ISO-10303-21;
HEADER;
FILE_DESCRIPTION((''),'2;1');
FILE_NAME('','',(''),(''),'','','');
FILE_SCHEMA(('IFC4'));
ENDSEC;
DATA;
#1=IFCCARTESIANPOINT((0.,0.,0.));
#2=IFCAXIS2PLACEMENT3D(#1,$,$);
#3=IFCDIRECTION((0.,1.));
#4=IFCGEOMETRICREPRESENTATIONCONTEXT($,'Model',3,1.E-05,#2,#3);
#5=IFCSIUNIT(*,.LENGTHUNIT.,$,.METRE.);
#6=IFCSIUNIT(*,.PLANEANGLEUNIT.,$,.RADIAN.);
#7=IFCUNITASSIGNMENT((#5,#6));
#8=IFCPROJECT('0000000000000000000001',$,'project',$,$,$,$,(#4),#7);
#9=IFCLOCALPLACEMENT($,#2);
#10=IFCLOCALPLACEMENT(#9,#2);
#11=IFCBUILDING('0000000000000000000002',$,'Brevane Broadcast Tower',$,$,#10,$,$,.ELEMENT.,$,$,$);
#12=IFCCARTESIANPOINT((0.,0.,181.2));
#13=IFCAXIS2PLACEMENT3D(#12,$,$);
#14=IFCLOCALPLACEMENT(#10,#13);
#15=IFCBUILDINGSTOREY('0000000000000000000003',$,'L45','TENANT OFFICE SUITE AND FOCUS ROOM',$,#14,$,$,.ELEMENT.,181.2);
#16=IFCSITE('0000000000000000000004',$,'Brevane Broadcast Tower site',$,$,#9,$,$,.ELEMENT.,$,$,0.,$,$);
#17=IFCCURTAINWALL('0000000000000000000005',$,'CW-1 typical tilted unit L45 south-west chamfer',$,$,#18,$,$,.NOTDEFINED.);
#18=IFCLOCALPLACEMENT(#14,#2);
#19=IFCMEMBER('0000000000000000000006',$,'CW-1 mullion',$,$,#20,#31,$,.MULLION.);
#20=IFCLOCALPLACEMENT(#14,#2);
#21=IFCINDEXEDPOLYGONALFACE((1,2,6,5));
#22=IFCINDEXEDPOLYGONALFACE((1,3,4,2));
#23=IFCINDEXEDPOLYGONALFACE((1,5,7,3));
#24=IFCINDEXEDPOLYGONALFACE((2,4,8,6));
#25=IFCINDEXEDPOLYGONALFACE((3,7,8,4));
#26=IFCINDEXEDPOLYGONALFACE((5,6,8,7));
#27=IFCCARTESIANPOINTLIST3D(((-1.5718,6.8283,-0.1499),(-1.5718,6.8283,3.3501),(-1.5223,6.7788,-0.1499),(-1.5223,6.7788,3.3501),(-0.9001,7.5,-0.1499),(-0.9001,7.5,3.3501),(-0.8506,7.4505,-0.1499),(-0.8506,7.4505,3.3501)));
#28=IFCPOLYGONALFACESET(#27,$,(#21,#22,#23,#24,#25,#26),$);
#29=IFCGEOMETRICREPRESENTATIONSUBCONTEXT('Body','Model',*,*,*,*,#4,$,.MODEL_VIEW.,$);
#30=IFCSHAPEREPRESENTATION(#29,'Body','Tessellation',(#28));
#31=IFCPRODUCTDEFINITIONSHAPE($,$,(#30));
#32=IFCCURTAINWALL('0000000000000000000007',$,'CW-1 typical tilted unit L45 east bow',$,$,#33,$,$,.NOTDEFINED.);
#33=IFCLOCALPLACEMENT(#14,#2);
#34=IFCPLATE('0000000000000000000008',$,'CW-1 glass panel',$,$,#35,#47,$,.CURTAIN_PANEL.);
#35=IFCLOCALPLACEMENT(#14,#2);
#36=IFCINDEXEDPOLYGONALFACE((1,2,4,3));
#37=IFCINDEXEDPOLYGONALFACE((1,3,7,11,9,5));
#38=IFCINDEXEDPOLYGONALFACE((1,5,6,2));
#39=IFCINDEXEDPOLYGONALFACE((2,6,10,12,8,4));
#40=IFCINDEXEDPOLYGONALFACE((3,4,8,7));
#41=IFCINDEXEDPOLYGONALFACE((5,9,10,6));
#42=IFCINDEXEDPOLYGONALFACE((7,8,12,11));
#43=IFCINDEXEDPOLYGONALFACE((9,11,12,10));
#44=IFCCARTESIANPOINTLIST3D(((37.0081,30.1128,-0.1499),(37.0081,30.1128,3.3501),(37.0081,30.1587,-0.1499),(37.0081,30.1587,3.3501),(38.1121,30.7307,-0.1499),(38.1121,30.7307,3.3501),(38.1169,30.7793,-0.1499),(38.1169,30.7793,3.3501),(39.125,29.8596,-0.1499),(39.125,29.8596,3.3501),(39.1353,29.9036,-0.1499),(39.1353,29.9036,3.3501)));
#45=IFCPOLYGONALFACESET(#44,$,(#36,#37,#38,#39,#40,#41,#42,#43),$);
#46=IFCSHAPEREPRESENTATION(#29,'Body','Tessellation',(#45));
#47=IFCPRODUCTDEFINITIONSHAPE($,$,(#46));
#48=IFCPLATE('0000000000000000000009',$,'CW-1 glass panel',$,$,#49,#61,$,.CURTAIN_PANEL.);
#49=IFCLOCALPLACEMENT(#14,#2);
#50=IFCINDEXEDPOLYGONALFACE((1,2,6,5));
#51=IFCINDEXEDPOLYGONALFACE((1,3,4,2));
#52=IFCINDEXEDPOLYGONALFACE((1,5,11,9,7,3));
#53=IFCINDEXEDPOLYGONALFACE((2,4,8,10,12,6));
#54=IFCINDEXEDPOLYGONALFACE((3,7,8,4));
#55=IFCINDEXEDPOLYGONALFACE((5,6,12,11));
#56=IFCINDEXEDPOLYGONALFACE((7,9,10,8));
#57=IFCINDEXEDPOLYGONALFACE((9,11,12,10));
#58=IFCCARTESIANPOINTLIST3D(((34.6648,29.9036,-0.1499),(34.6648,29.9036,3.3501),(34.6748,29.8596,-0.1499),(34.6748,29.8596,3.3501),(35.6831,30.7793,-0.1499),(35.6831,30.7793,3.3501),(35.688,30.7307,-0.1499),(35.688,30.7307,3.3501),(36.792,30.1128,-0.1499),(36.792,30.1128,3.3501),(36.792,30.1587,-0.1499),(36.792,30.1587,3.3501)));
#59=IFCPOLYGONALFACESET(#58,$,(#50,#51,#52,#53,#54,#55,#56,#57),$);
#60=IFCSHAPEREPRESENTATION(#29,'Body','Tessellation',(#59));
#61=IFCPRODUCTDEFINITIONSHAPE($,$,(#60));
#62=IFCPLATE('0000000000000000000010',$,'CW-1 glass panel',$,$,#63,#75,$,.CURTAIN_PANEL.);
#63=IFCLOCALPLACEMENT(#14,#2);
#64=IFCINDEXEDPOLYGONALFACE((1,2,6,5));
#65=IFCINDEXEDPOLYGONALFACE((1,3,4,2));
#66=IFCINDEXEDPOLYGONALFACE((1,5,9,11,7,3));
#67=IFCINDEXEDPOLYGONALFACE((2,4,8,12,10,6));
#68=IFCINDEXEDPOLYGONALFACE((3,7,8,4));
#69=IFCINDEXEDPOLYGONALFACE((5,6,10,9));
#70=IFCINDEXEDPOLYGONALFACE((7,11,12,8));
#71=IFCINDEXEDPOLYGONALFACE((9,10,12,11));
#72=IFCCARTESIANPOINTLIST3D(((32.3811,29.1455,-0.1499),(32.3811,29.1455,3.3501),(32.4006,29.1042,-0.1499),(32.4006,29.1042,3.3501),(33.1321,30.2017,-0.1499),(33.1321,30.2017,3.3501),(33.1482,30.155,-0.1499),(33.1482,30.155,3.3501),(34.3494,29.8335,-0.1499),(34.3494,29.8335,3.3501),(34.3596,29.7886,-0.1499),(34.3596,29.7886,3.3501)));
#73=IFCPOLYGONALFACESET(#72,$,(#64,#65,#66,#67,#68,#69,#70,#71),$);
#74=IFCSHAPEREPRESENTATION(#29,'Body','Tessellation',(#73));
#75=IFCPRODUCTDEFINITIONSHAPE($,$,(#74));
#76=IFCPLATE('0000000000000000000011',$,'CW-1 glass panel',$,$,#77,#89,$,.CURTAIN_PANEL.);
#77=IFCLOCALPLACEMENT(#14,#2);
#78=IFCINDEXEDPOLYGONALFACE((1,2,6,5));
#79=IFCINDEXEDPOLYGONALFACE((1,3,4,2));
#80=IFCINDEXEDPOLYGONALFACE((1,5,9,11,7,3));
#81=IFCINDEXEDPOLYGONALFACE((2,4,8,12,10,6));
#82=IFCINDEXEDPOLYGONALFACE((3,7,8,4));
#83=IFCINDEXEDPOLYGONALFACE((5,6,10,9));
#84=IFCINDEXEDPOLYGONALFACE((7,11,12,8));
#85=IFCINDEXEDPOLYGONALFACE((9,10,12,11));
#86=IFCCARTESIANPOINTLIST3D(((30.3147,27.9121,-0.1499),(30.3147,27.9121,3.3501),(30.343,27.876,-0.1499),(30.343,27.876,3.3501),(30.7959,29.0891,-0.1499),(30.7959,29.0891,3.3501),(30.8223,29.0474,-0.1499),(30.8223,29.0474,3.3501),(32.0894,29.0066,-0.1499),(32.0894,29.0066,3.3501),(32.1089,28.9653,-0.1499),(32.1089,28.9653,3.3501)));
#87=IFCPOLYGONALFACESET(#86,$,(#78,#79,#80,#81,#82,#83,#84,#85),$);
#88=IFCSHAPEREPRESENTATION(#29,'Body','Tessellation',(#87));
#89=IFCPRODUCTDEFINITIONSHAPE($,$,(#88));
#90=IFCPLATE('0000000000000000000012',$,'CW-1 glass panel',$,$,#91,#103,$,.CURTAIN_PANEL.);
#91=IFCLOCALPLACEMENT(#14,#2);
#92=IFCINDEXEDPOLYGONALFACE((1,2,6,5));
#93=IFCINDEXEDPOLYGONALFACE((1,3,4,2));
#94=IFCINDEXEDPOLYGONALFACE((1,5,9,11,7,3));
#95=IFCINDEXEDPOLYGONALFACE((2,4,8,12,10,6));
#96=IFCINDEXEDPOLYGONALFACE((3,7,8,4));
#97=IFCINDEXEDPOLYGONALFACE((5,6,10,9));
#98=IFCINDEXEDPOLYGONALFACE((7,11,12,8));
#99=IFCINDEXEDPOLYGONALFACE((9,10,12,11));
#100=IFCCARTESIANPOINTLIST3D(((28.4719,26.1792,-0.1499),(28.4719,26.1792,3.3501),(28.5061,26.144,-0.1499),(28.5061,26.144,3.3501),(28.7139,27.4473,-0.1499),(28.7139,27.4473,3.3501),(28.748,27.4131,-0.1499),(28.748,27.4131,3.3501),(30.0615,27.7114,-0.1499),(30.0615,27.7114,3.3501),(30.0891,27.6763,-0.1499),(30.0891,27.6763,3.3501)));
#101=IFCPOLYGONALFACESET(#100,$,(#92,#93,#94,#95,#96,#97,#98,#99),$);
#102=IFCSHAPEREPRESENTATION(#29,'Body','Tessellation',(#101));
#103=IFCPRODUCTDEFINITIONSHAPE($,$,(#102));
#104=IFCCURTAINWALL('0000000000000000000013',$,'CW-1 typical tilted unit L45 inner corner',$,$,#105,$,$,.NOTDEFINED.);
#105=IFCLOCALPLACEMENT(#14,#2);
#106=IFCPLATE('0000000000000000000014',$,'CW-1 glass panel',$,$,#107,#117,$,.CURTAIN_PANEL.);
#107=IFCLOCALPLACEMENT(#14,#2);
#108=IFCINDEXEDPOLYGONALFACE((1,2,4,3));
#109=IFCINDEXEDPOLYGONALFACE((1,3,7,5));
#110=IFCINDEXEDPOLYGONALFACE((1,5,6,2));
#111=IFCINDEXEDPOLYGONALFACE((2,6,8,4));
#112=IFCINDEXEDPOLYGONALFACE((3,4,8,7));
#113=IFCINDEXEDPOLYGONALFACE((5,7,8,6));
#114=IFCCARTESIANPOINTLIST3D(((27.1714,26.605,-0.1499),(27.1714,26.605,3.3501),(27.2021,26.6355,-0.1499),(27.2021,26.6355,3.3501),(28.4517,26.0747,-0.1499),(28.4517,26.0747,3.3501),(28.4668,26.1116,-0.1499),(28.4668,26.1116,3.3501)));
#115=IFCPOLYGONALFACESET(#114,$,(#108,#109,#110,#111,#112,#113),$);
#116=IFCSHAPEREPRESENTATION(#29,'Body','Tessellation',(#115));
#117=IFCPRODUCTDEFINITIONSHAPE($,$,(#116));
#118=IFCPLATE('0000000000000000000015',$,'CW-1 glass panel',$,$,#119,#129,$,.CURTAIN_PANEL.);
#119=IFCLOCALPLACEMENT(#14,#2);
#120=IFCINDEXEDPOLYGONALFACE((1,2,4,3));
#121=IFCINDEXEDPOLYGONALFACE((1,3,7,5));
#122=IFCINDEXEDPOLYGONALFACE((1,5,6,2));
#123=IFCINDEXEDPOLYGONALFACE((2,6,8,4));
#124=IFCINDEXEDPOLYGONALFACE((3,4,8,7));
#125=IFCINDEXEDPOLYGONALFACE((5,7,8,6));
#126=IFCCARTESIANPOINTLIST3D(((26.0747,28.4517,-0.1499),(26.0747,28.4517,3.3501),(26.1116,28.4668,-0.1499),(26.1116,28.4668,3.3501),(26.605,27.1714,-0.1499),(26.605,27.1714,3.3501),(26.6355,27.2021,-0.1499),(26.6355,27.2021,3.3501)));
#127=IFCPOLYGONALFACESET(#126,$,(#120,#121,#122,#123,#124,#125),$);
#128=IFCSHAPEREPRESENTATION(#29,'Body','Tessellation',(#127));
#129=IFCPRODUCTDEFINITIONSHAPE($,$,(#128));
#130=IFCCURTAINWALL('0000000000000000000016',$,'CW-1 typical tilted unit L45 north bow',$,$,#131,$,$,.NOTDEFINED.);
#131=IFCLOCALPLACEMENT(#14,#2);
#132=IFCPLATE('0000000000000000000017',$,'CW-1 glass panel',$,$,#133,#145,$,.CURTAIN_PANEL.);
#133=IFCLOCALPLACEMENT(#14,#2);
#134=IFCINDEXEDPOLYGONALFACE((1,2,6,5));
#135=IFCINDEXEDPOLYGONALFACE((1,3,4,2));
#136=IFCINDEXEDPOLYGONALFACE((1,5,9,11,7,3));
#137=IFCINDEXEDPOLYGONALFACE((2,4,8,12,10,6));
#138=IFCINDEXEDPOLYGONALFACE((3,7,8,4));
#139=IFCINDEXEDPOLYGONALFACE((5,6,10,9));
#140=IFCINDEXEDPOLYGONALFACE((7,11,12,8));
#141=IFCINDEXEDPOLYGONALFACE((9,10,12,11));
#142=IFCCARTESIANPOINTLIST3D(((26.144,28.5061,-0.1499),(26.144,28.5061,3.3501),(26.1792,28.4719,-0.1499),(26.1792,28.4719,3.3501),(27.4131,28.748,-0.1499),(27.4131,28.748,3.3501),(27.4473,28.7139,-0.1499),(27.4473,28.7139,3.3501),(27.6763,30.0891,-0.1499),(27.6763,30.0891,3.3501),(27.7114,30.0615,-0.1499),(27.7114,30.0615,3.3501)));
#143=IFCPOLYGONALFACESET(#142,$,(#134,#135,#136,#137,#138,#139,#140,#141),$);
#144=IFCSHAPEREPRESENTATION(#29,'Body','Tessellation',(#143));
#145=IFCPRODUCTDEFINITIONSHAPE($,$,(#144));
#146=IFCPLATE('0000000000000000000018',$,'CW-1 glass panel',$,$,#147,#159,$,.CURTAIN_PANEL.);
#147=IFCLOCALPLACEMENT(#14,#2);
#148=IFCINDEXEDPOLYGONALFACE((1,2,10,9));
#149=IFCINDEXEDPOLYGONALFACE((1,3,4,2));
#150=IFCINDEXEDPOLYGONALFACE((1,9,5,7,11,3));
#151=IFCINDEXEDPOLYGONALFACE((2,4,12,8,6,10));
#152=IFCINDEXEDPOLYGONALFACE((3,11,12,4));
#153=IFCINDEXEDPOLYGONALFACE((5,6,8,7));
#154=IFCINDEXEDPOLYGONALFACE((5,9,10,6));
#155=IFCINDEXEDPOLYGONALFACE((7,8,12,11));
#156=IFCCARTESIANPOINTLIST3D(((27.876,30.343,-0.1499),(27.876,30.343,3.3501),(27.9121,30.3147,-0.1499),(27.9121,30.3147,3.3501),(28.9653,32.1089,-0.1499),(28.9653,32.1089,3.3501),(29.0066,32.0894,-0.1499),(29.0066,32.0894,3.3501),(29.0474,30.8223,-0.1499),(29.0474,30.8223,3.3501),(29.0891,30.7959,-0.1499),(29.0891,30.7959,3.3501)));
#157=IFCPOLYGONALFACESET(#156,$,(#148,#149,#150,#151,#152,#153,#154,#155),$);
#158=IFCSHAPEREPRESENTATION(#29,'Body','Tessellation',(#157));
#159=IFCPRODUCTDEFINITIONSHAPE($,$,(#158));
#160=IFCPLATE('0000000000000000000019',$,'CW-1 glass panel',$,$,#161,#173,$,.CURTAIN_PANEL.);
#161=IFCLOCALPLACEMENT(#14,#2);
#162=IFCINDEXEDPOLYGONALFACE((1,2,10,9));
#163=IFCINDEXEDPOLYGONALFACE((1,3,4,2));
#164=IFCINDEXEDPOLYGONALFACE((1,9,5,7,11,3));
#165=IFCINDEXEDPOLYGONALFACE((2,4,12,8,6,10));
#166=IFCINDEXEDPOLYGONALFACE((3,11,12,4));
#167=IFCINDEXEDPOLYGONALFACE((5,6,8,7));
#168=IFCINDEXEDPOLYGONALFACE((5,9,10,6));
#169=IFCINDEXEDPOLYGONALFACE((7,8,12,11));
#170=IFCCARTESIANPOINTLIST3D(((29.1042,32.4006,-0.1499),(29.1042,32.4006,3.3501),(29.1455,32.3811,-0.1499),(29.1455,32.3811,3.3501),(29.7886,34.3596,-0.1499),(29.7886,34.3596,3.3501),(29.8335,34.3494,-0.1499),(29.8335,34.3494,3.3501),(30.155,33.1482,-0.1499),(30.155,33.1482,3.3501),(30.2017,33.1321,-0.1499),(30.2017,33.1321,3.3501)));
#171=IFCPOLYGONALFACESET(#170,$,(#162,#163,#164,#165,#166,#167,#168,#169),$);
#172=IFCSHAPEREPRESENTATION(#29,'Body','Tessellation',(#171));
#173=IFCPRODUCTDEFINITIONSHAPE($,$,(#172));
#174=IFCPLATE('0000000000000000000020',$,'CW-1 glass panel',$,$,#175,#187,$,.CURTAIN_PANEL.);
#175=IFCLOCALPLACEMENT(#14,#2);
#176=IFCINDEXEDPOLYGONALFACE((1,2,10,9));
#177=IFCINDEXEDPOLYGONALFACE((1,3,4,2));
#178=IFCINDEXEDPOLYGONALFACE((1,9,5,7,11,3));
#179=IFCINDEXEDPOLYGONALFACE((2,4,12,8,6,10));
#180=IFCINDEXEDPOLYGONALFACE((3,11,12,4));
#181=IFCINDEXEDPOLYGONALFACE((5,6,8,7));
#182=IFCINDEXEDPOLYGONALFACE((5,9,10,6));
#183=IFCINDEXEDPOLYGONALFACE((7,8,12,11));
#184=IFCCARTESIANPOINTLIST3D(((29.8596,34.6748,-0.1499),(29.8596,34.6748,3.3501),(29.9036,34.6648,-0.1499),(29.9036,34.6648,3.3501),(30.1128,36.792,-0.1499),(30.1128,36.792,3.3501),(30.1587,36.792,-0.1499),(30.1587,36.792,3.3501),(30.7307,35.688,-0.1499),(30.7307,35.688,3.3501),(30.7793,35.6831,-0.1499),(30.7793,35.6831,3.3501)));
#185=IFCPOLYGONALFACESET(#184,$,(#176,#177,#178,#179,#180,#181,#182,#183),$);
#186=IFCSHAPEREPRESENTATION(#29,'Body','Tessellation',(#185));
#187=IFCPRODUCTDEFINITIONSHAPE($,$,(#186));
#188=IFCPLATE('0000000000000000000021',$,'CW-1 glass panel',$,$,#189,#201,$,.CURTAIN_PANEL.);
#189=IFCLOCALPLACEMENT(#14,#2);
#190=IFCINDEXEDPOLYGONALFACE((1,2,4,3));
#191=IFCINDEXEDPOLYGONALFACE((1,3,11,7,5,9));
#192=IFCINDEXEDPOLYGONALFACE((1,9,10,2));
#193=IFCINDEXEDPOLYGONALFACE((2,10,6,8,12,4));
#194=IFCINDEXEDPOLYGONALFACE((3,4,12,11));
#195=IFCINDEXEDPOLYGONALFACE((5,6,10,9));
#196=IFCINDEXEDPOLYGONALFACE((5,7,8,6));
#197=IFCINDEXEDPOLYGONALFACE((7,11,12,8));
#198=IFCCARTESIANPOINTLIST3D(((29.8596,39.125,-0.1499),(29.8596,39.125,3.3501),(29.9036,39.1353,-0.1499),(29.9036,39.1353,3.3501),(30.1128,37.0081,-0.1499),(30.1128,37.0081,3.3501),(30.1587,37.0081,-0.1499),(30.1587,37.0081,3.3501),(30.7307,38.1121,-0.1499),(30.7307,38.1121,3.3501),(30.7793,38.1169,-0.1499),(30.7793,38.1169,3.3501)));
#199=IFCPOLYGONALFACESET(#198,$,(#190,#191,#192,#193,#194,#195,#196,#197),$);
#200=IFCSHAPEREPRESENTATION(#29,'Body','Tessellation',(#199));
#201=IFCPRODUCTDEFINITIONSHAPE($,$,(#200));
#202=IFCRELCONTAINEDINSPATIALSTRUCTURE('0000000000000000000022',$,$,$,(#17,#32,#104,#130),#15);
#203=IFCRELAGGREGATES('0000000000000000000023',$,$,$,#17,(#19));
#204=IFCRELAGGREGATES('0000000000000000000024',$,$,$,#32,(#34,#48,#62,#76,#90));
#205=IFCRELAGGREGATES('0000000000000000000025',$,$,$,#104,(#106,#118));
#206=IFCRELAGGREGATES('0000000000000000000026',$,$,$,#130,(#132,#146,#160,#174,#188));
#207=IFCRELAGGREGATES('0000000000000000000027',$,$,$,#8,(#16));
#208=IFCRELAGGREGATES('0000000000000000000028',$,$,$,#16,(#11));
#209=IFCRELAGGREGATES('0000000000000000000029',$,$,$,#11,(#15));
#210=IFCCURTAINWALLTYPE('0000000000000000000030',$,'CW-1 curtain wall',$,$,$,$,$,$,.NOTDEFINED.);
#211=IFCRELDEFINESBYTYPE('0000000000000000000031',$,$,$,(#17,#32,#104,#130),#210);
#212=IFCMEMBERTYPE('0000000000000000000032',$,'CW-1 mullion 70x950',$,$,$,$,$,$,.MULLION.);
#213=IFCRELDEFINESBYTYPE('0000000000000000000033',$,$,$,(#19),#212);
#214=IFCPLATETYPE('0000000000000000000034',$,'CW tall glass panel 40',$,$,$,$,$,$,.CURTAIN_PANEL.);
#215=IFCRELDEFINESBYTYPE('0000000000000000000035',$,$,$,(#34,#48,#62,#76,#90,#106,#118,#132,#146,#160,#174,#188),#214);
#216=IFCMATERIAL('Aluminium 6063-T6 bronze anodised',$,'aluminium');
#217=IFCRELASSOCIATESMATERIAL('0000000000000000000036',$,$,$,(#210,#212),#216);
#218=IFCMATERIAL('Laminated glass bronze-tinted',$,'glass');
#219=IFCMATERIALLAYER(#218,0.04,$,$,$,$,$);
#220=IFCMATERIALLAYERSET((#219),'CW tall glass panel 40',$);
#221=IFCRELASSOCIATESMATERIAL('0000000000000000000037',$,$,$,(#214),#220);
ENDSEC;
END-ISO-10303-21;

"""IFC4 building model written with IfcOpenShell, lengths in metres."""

from ifc_helpers import new_model, si_unit, direction, frame, origin, origin_2d, place, context, subcontext, project, spatial, polyline, rectangle, outline, extrude, material, layer, layer_set, material_profile, profile_set, type_object, element, aggregate, save


model = new_model("IFC4")

# Units and contexts
model_context = context("Model", 3, precision=1e-05, world=origin(), true_north=direction((0.0, 1.0)))
body_context = subcontext(model_context, "Body", "Model", "MODEL_VIEW")
ifc_project = project(units=[si_unit("LENGTHUNIT", "METRE"), si_unit("PLANEANGLEUNIT", "RADIAN")], contexts=[model_context])

# Site, building, storey
site_placement = place(None, origin())
site = spatial("IfcSite", under=ifc_project, at=site_placement, Name="Brevane Broadcast Tower site", CompositionType="ELEMENT", RefElevation=0.0)
building_placement = place(site_placement, origin())
building = spatial("IfcBuilding", under=site, at=building_placement, Name="Brevane Broadcast Tower", CompositionType="ELEMENT")
storey_placement = place(building_placement, frame((0.0, 0.0, 181.2)))
storey = spatial("IfcBuildingStorey", under=building, at=storey_placement, Name="L45", Description="TENANT OFFICE SUITE AND FOCUS ROOM", CompositionType="ELEMENT", Elevation=181.2)

# Curtain wall, member
ifc_material_1 = material(Name="Aluminium 6063-T6 bronze anodised", Category="aluminium")
curtain_wall_type = type_object("IfcCurtainWallType", Name="CW-1 curtain wall", PredefinedType="NOTDEFINED", material=ifc_material_1)
curtain_wall_1_placement = place(storey_placement, origin())
curtain_wall_1 = element("IfcCurtainWall", 1, at=curtain_wall_1_placement, inside=storey, type_object=curtain_wall_type, Name="CW-1 typical tilted unit L45 south-west chamfer", PredefinedType="NOTDEFINED")
ifc_material_profile = material_profile(ifc_material_1, rectangle(XDim=0.95, YDim=0.0701, at=origin_2d()), Name="RECT 70x950")
ifc_profile_set = profile_set([ifc_material_profile], Name="Aluminium 6063-T6 bronze anodised")
member_type = type_object("IfcMemberType", Name="CW-1 mullion 70x950", PredefinedType="MULLION", material=ifc_profile_set)
member_placement = place(storey_placement, frame((-1.2112, 7.1394, -0.1499), z_axis=(0.0, 0.0, 1.0), x_axis=(0.707107, 0.707107, 0.0)))
member = element("IfcMember", 2, at=member_placement, type_object=member_type, Name="CW-1 mullion", PredefinedType="MULLION", context=body_context, shape_type="SweptSolid", body=[
    extrude(rectangle(XDim=0.95, YDim=0.0701, at=origin_2d()), origin(), (0.0, 0.0, 1.0), 3.5),
])
aggregate(curtain_wall_1, [member])

# Curtain walls, plates
curtain_wall_2_placement = place(storey_placement, origin())
curtain_wall_2 = element("IfcCurtainWall", 3, at=curtain_wall_2_placement, inside=storey, type_object=curtain_wall_type, Name="CW-1 typical tilted unit L45 east bow", PredefinedType="NOTDEFINED")
ifc_material_2 = material(Name="Laminated glass bronze-tinted", Category="glass")
ifc_layer = layer(ifc_material_2, 0.04)
ifc_layer_set = layer_set([ifc_layer], Name="CW tall glass panel 40")
plate_type = type_object("IfcPlateType", Name="CW tall glass panel 40", PredefinedType="CURTAIN_PANEL", material=ifc_layer_set)
plate_1_placement = place(storey_placement, frame((0.0, 0.0, -0.1499)))
plate_1 = element("IfcPlate", 4, at=plate_1_placement, type_object=plate_type, Name="CW-1 glass panel", PredefinedType="CURTAIN_PANEL", context=body_context, shape_type="SweptSolid", body=[
    extrude(outline(polyline([(39.125, 29.8596), (39.1353, 29.9036), (38.1169, 30.7793), (37.0081, 30.1587), (37.0081, 30.1128), (38.1121, 30.7307), (39.125, 29.8596)])), origin(), (0.0, 0.0, 1.0), 3.5),
])
plate_2_placement = place(storey_placement, frame((0.0, 0.0, -0.1499)))
plate_2 = element("IfcPlate", 5, at=plate_2_placement, type_object=plate_type, Name="CW-1 glass panel", PredefinedType="CURTAIN_PANEL", context=body_context, shape_type="SweptSolid", body=[
    extrude(outline(polyline([(36.792, 30.1128), (36.792, 30.1587), (35.6831, 30.7793), (34.6648, 29.9036), (34.6748, 29.8596), (35.688, 30.7307), (36.792, 30.1128)])), origin(), (0.0, 0.0, 1.0), 3.5),
])
plate_3_placement = place(storey_placement, frame((0.0, 0.0, -0.1499)))
plate_3 = element("IfcPlate", 6, at=plate_3_placement, type_object=plate_type, Name="CW-1 glass panel", PredefinedType="CURTAIN_PANEL", context=body_context, shape_type="SweptSolid", body=[
    extrude(outline(polyline([(34.3596, 29.7886), (34.3494, 29.8335), (33.1321, 30.2017), (32.3811, 29.1455), (32.4006, 29.1042), (33.1482, 30.155), (34.3596, 29.7886)])), origin(), (0.0, 0.0, 1.0), 3.5),
])
plate_4_placement = place(storey_placement, frame((0.0, 0.0, -0.1499)))
plate_4 = element("IfcPlate", 7, at=plate_4_placement, type_object=plate_type, Name="CW-1 glass panel", PredefinedType="CURTAIN_PANEL", context=body_context, shape_type="SweptSolid", body=[
    extrude(outline(polyline([(32.1089, 28.9653), (32.0894, 29.0066), (30.7959, 29.0891), (30.3147, 27.9121), (30.343, 27.876), (30.8223, 29.0474), (32.1089, 28.9653)])), origin(), (0.0, 0.0, 1.0), 3.5),
])
plate_5_placement = place(storey_placement, frame((0.0, 0.0, -0.1499)))
plate_5 = element("IfcPlate", 8, at=plate_5_placement, type_object=plate_type, Name="CW-1 glass panel", PredefinedType="CURTAIN_PANEL", context=body_context, shape_type="SweptSolid", body=[
    extrude(outline(polyline([(30.0891, 27.6763), (30.0615, 27.7114), (28.7139, 27.4473), (28.4719, 26.1792), (28.5061, 26.144), (28.748, 27.4131), (30.0891, 27.6763)])), origin(), (0.0, 0.0, 1.0), 3.5),
])
aggregate(curtain_wall_2, [plate_1, plate_2, plate_3, plate_4, plate_5])
curtain_wall_3_placement = place(storey_placement, origin())
curtain_wall_3 = element("IfcCurtainWall", 9, at=curtain_wall_3_placement, inside=storey, type_object=curtain_wall_type, Name="CW-1 typical tilted unit L45 inner corner", PredefinedType="NOTDEFINED")
plate_6_placement = place(storey_placement, frame((0.0, 0.0, -0.1499)))
plate_6 = element("IfcPlate", 10, at=plate_6_placement, type_object=plate_type, Name="CW-1 glass panel", PredefinedType="CURTAIN_PANEL", context=body_context, shape_type="SweptSolid", body=[
    extrude(outline(polyline([(28.4517, 26.0747), (28.4668, 26.1116), (27.2021, 26.6355), (27.1714, 26.605), (28.4517, 26.0747)])), origin(), (0.0, 0.0, 1.0), 3.5),
])
plate_7_placement = place(storey_placement, frame((0.0, 0.0, -0.1499)))
plate_7 = element("IfcPlate", 11, at=plate_7_placement, type_object=plate_type, Name="CW-1 glass panel", PredefinedType="CURTAIN_PANEL", context=body_context, shape_type="SweptSolid", body=[
    extrude(outline(polyline([(26.605, 27.1714), (26.6355, 27.2021), (26.1116, 28.4668), (26.0747, 28.4517), (26.605, 27.1714)])), origin(), (0.0, 0.0, 1.0), 3.5),
])
aggregate(curtain_wall_3, [plate_6, plate_7])
curtain_wall_4_placement = place(storey_placement, origin())
curtain_wall_4 = element("IfcCurtainWall", 12, at=curtain_wall_4_placement, inside=storey, type_object=curtain_wall_type, Name="CW-1 typical tilted unit L45 north bow", PredefinedType="NOTDEFINED")
plate_8_placement = place(storey_placement, frame((0.0, 0.0, -0.1499)))
plate_8 = element("IfcPlate", 13, at=plate_8_placement, type_object=plate_type, Name="CW-1 glass panel", PredefinedType="CURTAIN_PANEL", context=body_context, shape_type="SweptSolid", body=[
    extrude(outline(polyline([(26.144, 28.5061), (26.1792, 28.4719), (27.4473, 28.7139), (27.7114, 30.0615), (27.6763, 30.0891), (27.4131, 28.748), (26.144, 28.5061)])), origin(), (0.0, 0.0, 1.0), 3.5),
])
plate_9_placement = place(storey_placement, frame((0.0, 0.0, -0.1499)))
plate_9 = element("IfcPlate", 14, at=plate_9_placement, type_object=plate_type, Name="CW-1 glass panel", PredefinedType="CURTAIN_PANEL", context=body_context, shape_type="SweptSolid", body=[
    extrude(outline(polyline([(27.876, 30.343), (27.9121, 30.3147), (29.0891, 30.7959), (29.0066, 32.0894), (28.9653, 32.1089), (29.0474, 30.8223), (27.876, 30.343)])), origin(), (0.0, 0.0, 1.0), 3.5),
])
plate_10_placement = place(storey_placement, frame((0.0, 0.0, -0.1499)))
plate_10 = element("IfcPlate", 15, at=plate_10_placement, type_object=plate_type, Name="CW-1 glass panel", PredefinedType="CURTAIN_PANEL", context=body_context, shape_type="SweptSolid", body=[
    extrude(outline(polyline([(29.1042, 32.4006), (29.1455, 32.3811), (30.2017, 33.1321), (29.8335, 34.3494), (29.7886, 34.3596), (30.155, 33.1482), (29.1042, 32.4006)])), origin(), (0.0, 0.0, 1.0), 3.5),
])
plate_11_placement = place(storey_placement, frame((0.0, 0.0, -0.1499)))
plate_11 = element("IfcPlate", 16, at=plate_11_placement, type_object=plate_type, Name="CW-1 glass panel", PredefinedType="CURTAIN_PANEL", context=body_context, shape_type="SweptSolid", body=[
    extrude(outline(polyline([(29.8596, 34.6748), (29.9036, 34.6648), (30.7793, 35.6831), (30.1587, 36.792), (30.1128, 36.792), (30.7307, 35.688), (29.8596, 34.6748)])), origin(), (0.0, 0.0, 1.0), 3.5),
])
plate_12_placement = place(storey_placement, frame((0.0, 0.0, -0.1499)))
plate_12 = element("IfcPlate", 17, at=plate_12_placement, type_object=plate_type, Name="CW-1 glass panel", PredefinedType="CURTAIN_PANEL", context=body_context, shape_type="SweptSolid", body=[
    extrude(outline(polyline([(30.1128, 37.0081), (30.1587, 37.0081), (30.7793, 38.1169), (29.9036, 39.1353), (29.8596, 39.125), (30.7307, 38.1121), (30.1128, 37.0081)])), origin(), (0.0, 0.0, 1.0), 3.5),
])
aggregate(curtain_wall_4, [plate_8, plate_9, plate_10, plate_11, plate_12])

save(model, "model.ifc")
